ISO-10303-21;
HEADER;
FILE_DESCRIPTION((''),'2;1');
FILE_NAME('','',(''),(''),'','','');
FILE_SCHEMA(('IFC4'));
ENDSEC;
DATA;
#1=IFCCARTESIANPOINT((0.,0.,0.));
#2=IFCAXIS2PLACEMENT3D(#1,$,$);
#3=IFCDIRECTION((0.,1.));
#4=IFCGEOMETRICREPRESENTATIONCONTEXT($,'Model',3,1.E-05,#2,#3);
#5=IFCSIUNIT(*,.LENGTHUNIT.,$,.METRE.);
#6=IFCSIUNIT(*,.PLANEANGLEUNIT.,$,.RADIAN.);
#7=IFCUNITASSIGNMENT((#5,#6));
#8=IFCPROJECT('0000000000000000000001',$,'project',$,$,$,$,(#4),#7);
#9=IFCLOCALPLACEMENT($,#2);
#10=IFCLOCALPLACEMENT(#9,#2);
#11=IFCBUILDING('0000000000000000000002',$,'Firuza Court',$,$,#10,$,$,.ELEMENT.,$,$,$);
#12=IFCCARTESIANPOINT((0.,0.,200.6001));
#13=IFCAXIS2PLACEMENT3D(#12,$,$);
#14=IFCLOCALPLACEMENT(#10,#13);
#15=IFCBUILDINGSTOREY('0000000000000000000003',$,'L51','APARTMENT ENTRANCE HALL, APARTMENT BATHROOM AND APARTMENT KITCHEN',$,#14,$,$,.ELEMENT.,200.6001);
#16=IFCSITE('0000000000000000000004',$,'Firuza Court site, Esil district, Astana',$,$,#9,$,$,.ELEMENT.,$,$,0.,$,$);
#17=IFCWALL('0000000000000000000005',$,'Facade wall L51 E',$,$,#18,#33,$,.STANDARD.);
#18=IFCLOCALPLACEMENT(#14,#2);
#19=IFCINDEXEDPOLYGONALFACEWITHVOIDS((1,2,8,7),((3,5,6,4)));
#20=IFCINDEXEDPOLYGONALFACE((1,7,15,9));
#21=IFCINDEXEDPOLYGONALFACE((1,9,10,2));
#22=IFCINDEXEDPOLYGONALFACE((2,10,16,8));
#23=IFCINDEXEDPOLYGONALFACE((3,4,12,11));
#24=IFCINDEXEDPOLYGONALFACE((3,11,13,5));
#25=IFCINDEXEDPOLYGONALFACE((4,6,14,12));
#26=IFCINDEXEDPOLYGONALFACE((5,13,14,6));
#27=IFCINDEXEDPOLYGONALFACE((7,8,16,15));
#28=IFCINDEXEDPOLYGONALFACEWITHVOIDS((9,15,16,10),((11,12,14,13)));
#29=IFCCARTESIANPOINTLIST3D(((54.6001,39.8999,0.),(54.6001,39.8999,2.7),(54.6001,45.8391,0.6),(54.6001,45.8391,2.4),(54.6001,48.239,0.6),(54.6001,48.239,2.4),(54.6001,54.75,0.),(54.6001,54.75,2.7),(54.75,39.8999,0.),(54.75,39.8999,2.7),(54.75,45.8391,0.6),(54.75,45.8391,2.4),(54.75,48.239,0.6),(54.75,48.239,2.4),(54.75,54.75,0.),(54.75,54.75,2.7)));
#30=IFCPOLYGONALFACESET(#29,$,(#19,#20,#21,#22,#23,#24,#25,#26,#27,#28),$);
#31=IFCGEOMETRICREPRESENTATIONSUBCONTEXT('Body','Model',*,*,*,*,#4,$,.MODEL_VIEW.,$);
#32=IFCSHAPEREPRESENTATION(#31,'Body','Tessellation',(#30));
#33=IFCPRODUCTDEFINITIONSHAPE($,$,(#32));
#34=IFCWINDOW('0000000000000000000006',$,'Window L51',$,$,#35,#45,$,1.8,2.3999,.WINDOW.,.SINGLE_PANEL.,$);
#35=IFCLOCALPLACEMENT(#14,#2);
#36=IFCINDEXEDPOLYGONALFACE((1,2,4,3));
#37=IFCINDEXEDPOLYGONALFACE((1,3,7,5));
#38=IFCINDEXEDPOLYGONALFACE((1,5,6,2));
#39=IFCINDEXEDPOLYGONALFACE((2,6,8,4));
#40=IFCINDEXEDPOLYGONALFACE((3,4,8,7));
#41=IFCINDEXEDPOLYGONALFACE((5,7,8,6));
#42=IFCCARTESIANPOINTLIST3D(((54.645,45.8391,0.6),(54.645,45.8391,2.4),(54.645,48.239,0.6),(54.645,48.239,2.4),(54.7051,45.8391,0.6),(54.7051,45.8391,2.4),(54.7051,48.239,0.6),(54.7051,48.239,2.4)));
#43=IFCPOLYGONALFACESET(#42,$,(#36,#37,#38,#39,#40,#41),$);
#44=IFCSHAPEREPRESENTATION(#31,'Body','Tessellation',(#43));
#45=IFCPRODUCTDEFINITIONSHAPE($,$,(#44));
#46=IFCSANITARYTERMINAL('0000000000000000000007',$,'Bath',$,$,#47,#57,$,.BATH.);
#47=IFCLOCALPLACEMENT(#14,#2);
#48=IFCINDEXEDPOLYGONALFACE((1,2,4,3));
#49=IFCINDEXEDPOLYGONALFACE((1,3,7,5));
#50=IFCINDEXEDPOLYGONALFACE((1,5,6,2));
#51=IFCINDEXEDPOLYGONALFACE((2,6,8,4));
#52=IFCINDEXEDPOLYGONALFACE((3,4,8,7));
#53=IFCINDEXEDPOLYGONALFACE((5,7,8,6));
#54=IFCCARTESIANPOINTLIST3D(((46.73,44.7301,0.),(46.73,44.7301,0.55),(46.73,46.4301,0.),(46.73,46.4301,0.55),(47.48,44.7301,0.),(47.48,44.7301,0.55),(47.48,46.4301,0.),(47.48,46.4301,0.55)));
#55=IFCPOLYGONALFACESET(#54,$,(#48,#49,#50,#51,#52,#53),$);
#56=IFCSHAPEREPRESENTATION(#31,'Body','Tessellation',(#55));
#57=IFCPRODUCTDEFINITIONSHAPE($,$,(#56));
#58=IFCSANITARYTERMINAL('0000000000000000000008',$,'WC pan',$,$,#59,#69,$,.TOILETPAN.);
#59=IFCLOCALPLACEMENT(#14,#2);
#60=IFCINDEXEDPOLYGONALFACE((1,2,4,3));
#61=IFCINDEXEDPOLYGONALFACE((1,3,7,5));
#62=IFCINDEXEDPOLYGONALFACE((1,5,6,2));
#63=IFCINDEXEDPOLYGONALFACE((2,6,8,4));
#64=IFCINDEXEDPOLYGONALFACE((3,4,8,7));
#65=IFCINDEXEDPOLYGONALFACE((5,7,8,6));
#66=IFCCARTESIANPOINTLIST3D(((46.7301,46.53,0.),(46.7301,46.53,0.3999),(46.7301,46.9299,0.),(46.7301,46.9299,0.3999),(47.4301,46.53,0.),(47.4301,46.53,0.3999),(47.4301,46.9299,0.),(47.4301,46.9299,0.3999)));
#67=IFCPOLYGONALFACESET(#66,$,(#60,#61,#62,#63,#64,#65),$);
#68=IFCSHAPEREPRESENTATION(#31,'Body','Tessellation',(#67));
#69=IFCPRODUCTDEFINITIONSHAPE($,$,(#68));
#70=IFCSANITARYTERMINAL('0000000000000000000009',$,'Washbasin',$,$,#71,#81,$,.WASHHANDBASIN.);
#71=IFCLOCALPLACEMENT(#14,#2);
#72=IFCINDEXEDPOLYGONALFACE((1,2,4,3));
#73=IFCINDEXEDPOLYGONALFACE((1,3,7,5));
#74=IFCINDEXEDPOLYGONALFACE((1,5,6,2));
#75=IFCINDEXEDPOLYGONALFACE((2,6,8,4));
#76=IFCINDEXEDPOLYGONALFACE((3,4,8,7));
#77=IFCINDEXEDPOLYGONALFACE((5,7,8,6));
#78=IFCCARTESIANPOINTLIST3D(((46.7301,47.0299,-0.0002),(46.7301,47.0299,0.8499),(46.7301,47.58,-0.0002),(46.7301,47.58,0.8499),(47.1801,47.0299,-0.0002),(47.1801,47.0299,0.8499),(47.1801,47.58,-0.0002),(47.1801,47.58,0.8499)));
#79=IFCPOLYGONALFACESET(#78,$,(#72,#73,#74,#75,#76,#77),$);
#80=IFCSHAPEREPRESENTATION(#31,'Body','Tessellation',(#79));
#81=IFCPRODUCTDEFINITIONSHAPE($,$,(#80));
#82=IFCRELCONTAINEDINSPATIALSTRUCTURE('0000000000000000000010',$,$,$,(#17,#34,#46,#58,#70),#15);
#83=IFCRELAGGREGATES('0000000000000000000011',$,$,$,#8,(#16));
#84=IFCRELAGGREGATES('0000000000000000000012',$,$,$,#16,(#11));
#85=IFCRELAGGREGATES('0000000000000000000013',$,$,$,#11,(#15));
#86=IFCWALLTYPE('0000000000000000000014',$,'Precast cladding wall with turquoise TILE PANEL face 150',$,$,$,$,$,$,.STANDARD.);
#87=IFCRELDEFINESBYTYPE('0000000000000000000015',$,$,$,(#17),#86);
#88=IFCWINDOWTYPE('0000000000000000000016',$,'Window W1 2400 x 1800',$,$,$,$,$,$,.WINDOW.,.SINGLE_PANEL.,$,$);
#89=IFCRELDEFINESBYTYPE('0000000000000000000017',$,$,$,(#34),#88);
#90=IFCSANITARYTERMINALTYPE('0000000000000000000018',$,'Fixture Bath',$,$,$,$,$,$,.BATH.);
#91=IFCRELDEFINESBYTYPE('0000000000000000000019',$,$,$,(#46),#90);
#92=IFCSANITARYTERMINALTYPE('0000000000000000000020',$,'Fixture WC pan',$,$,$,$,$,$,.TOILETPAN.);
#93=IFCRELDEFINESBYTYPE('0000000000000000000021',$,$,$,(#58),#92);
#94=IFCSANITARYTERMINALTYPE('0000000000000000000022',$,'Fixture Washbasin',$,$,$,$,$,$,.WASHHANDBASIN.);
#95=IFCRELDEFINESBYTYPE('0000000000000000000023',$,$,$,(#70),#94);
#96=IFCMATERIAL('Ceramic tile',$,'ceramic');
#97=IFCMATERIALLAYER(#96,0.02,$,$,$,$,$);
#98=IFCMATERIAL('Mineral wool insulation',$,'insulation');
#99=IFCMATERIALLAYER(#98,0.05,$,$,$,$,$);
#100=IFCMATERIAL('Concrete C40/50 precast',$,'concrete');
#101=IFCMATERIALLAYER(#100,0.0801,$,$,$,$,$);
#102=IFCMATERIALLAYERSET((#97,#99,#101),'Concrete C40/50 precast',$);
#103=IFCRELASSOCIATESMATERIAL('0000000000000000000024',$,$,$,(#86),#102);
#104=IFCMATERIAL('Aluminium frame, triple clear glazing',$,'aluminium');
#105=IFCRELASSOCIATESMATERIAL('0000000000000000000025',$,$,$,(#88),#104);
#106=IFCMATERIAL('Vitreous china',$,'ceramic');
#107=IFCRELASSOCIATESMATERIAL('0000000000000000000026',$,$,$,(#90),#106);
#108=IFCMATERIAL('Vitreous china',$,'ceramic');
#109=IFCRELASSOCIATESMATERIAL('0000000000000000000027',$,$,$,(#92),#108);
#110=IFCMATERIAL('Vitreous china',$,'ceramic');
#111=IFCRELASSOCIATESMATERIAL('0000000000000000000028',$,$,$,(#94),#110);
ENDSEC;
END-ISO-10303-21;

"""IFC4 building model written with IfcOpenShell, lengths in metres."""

from ifc_helpers import new_model, si_unit, direction, frame, frame_2d, origin, origin_2d, place, context, subcontext, project, spatial, rectangle, extrude, material, layer, layer_set, type_object, element, fill, save


model = new_model("IFC4")

# Units and contexts
model_context = context("Model", 3, precision=1e-05, world=origin(), true_north=direction((0.0, 1.0)))
body_context = subcontext(model_context, "Body", "Model", "MODEL_VIEW")
ifc_project = project(units=[si_unit("LENGTHUNIT", "METRE"), si_unit("PLANEANGLEUNIT", "RADIAN")], contexts=[model_context])

# Site, building, storey
site_placement = place(None, origin())
site = spatial("IfcSite", under=ifc_project, at=site_placement, Name="Firuza Court site, Esil district, Astana", CompositionType="ELEMENT", RefElevation=0.0)
building_placement = place(site_placement, origin())
building = spatial("IfcBuilding", under=site, at=building_placement, Name="Firuza Court", CompositionType="ELEMENT")
storey_placement = place(building_placement, frame((0.0, 0.0, 200.6001)))
storey = spatial("IfcBuildingStorey", under=building, at=storey_placement, Name="L51", Description="APARTMENT ENTRANCE HALL, APARTMENT BATHROOM AND APARTMENT KITCHEN", CompositionType="ELEMENT", Elevation=200.6001)

# Shared definitions
ifc_material_1 = material(Name="Ceramic tile", Category="ceramic")
ifc_layer_1 = layer(ifc_material_1, 0.02)
ifc_material_2 = material(Name="Mineral wool insulation", Category="insulation")
ifc_layer_2 = layer(ifc_material_2, 0.05)
ifc_material_3 = material(Name="Concrete C40/50 precast", Category="concrete")
ifc_layer_3 = layer(ifc_material_3, 0.0801)
ifc_layer_set_1 = layer_set([ifc_layer_1, ifc_layer_2, ifc_layer_3], Name="Concrete C40/50 precast")
wall_type_1 = type_object("IfcWallType", Name="Precast cladding wall with turquoise TILE PANEL face 150", PredefinedType="STANDARD", material=ifc_layer_set_1)

# Wall, opening, window
wall_1_placement = place(storey_placement, frame((54.675, 39.8999, 0.0), z_axis=(0.0, 0.0, 1.0), x_axis=(0.0, 1.0, 0.0)))
wall_1 = element("IfcWall", 1, at=wall_1_placement, inside=storey, type_object=wall_type_1, Name="Facade wall L51 E", PredefinedType="STANDARD", context=body_context, shape_type="SweptSolid", body=[
    extrude(rectangle(XDim=14.8501, YDim=0.1499, at=frame_2d((7.425, 0.0))), origin(), (0.0, 0.0, 1.0), 2.7),
])
opening_1_placement = place(wall_1_placement, frame((5.9392, 0.0, 0.6001)))
opening_1 = element("IfcOpeningElement", 2, at=opening_1_placement, cuts=wall_1, PredefinedType="OPENING", context=body_context, shape_type="SweptSolid", body=[
    extrude(rectangle(XDim=2.3999, YDim=1.8, at=frame_2d((1.2, 0.8999))), frame((0.0, 0.0869, 0.0), z_axis=(0.0, -1.0, 0.0), x_axis=(1.0, 0.0, 0.0)), (0.0, 0.0, 1.0), 0.1738),
])
ifc_material_4 = material(Name="Aluminium frame, triple clear glazing", Category="aluminium")
window_type = type_object("IfcWindowType", Name="Window W1 2400 x 1800", PartitioningType="SINGLE_PANEL", PredefinedType="WINDOW", material=ifc_material_4)
window_placement = place(opening_1_placement, origin())
window = element("IfcWindow", 3, at=window_placement, inside=storey, type_object=window_type, Name="Window L51", OverallHeight=1.8, OverallWidth=2.3999, PartitioningType="SINGLE_PANEL", PredefinedType="WINDOW", context=body_context, shape_type="SweptSolid", body=[
    extrude(rectangle(XDim=2.3999, YDim=1.8, at=frame_2d((1.2, 0.8999))), frame((0.0, 0.03, 0.0), z_axis=(0.0, -1.0, 0.0), x_axis=(1.0, 0.0, 0.0)), (0.0, 0.0, 1.0), 0.0601),
])
fill(opening_1, window)

# Sanitary terminals
ifc_material_5 = material(Name="Vitreous china", Category="ceramic")
sanitary_terminal_type_1 = type_object("IfcSanitaryTerminalType", Name="Fixture Bath", PredefinedType="BATH", material=ifc_material_5)
sanitary_terminal_1_placement = place(storey_placement, frame((47.105, 45.5801, 0.0), z_axis=(0.0, 0.0, 1.0), x_axis=(1.0, 0.0, 0.0)))
element("IfcSanitaryTerminal", 4, at=sanitary_terminal_1_placement, inside=storey, type_object=sanitary_terminal_type_1, Name="Bath", PredefinedType="BATH", context=body_context, shape_type="SweptSolid", body=[
    extrude(rectangle(XDim=0.75, YDim=1.7, at=origin_2d()), origin(), (0.0, 0.0, 1.0), 0.55),
])
ifc_material_6 = material(Name="Vitreous china", Category="ceramic")
sanitary_terminal_type_2 = type_object("IfcSanitaryTerminalType", Name="Fixture WC pan", PredefinedType="TOILETPAN", material=ifc_material_6)
sanitary_terminal_2_placement = place(storey_placement, frame((47.0801, 46.73, 0.0), z_axis=(0.0, 0.0, 1.0), x_axis=(1.0, 0.0, 0.0)))
element("IfcSanitaryTerminal", 5, at=sanitary_terminal_2_placement, inside=storey, type_object=sanitary_terminal_type_2, Name="WC pan", PredefinedType="TOILETPAN", context=body_context, shape_type="SweptSolid", body=[
    extrude(rectangle(XDim=0.7, YDim=0.3999, at=origin_2d()), origin(), (0.0, 0.0, 1.0), 0.3999),
])
ifc_material_7 = material(Name="Vitreous china", Category="ceramic")
sanitary_terminal_type_3 = type_object("IfcSanitaryTerminalType", Name="Fixture Washbasin", PredefinedType="WASHHANDBASIN", material=ifc_material_7)
sanitary_terminal_3_placement = place(storey_placement, frame((46.9551, 47.3049, -0.0002), z_axis=(0.0, 0.0, 1.0), x_axis=(1.0, 0.0, 0.0)))
element("IfcSanitaryTerminal", 6, at=sanitary_terminal_3_placement, inside=storey, type_object=sanitary_terminal_type_3, Name="Washbasin", PredefinedType="WASHHANDBASIN", context=body_context, shape_type="SweptSolid", body=[
    extrude(rectangle(XDim=0.45, YDim=0.55, at=origin_2d()), origin(), (0.0, 0.0, 1.0), 0.8501),
])

save(model, "model.ifc")
